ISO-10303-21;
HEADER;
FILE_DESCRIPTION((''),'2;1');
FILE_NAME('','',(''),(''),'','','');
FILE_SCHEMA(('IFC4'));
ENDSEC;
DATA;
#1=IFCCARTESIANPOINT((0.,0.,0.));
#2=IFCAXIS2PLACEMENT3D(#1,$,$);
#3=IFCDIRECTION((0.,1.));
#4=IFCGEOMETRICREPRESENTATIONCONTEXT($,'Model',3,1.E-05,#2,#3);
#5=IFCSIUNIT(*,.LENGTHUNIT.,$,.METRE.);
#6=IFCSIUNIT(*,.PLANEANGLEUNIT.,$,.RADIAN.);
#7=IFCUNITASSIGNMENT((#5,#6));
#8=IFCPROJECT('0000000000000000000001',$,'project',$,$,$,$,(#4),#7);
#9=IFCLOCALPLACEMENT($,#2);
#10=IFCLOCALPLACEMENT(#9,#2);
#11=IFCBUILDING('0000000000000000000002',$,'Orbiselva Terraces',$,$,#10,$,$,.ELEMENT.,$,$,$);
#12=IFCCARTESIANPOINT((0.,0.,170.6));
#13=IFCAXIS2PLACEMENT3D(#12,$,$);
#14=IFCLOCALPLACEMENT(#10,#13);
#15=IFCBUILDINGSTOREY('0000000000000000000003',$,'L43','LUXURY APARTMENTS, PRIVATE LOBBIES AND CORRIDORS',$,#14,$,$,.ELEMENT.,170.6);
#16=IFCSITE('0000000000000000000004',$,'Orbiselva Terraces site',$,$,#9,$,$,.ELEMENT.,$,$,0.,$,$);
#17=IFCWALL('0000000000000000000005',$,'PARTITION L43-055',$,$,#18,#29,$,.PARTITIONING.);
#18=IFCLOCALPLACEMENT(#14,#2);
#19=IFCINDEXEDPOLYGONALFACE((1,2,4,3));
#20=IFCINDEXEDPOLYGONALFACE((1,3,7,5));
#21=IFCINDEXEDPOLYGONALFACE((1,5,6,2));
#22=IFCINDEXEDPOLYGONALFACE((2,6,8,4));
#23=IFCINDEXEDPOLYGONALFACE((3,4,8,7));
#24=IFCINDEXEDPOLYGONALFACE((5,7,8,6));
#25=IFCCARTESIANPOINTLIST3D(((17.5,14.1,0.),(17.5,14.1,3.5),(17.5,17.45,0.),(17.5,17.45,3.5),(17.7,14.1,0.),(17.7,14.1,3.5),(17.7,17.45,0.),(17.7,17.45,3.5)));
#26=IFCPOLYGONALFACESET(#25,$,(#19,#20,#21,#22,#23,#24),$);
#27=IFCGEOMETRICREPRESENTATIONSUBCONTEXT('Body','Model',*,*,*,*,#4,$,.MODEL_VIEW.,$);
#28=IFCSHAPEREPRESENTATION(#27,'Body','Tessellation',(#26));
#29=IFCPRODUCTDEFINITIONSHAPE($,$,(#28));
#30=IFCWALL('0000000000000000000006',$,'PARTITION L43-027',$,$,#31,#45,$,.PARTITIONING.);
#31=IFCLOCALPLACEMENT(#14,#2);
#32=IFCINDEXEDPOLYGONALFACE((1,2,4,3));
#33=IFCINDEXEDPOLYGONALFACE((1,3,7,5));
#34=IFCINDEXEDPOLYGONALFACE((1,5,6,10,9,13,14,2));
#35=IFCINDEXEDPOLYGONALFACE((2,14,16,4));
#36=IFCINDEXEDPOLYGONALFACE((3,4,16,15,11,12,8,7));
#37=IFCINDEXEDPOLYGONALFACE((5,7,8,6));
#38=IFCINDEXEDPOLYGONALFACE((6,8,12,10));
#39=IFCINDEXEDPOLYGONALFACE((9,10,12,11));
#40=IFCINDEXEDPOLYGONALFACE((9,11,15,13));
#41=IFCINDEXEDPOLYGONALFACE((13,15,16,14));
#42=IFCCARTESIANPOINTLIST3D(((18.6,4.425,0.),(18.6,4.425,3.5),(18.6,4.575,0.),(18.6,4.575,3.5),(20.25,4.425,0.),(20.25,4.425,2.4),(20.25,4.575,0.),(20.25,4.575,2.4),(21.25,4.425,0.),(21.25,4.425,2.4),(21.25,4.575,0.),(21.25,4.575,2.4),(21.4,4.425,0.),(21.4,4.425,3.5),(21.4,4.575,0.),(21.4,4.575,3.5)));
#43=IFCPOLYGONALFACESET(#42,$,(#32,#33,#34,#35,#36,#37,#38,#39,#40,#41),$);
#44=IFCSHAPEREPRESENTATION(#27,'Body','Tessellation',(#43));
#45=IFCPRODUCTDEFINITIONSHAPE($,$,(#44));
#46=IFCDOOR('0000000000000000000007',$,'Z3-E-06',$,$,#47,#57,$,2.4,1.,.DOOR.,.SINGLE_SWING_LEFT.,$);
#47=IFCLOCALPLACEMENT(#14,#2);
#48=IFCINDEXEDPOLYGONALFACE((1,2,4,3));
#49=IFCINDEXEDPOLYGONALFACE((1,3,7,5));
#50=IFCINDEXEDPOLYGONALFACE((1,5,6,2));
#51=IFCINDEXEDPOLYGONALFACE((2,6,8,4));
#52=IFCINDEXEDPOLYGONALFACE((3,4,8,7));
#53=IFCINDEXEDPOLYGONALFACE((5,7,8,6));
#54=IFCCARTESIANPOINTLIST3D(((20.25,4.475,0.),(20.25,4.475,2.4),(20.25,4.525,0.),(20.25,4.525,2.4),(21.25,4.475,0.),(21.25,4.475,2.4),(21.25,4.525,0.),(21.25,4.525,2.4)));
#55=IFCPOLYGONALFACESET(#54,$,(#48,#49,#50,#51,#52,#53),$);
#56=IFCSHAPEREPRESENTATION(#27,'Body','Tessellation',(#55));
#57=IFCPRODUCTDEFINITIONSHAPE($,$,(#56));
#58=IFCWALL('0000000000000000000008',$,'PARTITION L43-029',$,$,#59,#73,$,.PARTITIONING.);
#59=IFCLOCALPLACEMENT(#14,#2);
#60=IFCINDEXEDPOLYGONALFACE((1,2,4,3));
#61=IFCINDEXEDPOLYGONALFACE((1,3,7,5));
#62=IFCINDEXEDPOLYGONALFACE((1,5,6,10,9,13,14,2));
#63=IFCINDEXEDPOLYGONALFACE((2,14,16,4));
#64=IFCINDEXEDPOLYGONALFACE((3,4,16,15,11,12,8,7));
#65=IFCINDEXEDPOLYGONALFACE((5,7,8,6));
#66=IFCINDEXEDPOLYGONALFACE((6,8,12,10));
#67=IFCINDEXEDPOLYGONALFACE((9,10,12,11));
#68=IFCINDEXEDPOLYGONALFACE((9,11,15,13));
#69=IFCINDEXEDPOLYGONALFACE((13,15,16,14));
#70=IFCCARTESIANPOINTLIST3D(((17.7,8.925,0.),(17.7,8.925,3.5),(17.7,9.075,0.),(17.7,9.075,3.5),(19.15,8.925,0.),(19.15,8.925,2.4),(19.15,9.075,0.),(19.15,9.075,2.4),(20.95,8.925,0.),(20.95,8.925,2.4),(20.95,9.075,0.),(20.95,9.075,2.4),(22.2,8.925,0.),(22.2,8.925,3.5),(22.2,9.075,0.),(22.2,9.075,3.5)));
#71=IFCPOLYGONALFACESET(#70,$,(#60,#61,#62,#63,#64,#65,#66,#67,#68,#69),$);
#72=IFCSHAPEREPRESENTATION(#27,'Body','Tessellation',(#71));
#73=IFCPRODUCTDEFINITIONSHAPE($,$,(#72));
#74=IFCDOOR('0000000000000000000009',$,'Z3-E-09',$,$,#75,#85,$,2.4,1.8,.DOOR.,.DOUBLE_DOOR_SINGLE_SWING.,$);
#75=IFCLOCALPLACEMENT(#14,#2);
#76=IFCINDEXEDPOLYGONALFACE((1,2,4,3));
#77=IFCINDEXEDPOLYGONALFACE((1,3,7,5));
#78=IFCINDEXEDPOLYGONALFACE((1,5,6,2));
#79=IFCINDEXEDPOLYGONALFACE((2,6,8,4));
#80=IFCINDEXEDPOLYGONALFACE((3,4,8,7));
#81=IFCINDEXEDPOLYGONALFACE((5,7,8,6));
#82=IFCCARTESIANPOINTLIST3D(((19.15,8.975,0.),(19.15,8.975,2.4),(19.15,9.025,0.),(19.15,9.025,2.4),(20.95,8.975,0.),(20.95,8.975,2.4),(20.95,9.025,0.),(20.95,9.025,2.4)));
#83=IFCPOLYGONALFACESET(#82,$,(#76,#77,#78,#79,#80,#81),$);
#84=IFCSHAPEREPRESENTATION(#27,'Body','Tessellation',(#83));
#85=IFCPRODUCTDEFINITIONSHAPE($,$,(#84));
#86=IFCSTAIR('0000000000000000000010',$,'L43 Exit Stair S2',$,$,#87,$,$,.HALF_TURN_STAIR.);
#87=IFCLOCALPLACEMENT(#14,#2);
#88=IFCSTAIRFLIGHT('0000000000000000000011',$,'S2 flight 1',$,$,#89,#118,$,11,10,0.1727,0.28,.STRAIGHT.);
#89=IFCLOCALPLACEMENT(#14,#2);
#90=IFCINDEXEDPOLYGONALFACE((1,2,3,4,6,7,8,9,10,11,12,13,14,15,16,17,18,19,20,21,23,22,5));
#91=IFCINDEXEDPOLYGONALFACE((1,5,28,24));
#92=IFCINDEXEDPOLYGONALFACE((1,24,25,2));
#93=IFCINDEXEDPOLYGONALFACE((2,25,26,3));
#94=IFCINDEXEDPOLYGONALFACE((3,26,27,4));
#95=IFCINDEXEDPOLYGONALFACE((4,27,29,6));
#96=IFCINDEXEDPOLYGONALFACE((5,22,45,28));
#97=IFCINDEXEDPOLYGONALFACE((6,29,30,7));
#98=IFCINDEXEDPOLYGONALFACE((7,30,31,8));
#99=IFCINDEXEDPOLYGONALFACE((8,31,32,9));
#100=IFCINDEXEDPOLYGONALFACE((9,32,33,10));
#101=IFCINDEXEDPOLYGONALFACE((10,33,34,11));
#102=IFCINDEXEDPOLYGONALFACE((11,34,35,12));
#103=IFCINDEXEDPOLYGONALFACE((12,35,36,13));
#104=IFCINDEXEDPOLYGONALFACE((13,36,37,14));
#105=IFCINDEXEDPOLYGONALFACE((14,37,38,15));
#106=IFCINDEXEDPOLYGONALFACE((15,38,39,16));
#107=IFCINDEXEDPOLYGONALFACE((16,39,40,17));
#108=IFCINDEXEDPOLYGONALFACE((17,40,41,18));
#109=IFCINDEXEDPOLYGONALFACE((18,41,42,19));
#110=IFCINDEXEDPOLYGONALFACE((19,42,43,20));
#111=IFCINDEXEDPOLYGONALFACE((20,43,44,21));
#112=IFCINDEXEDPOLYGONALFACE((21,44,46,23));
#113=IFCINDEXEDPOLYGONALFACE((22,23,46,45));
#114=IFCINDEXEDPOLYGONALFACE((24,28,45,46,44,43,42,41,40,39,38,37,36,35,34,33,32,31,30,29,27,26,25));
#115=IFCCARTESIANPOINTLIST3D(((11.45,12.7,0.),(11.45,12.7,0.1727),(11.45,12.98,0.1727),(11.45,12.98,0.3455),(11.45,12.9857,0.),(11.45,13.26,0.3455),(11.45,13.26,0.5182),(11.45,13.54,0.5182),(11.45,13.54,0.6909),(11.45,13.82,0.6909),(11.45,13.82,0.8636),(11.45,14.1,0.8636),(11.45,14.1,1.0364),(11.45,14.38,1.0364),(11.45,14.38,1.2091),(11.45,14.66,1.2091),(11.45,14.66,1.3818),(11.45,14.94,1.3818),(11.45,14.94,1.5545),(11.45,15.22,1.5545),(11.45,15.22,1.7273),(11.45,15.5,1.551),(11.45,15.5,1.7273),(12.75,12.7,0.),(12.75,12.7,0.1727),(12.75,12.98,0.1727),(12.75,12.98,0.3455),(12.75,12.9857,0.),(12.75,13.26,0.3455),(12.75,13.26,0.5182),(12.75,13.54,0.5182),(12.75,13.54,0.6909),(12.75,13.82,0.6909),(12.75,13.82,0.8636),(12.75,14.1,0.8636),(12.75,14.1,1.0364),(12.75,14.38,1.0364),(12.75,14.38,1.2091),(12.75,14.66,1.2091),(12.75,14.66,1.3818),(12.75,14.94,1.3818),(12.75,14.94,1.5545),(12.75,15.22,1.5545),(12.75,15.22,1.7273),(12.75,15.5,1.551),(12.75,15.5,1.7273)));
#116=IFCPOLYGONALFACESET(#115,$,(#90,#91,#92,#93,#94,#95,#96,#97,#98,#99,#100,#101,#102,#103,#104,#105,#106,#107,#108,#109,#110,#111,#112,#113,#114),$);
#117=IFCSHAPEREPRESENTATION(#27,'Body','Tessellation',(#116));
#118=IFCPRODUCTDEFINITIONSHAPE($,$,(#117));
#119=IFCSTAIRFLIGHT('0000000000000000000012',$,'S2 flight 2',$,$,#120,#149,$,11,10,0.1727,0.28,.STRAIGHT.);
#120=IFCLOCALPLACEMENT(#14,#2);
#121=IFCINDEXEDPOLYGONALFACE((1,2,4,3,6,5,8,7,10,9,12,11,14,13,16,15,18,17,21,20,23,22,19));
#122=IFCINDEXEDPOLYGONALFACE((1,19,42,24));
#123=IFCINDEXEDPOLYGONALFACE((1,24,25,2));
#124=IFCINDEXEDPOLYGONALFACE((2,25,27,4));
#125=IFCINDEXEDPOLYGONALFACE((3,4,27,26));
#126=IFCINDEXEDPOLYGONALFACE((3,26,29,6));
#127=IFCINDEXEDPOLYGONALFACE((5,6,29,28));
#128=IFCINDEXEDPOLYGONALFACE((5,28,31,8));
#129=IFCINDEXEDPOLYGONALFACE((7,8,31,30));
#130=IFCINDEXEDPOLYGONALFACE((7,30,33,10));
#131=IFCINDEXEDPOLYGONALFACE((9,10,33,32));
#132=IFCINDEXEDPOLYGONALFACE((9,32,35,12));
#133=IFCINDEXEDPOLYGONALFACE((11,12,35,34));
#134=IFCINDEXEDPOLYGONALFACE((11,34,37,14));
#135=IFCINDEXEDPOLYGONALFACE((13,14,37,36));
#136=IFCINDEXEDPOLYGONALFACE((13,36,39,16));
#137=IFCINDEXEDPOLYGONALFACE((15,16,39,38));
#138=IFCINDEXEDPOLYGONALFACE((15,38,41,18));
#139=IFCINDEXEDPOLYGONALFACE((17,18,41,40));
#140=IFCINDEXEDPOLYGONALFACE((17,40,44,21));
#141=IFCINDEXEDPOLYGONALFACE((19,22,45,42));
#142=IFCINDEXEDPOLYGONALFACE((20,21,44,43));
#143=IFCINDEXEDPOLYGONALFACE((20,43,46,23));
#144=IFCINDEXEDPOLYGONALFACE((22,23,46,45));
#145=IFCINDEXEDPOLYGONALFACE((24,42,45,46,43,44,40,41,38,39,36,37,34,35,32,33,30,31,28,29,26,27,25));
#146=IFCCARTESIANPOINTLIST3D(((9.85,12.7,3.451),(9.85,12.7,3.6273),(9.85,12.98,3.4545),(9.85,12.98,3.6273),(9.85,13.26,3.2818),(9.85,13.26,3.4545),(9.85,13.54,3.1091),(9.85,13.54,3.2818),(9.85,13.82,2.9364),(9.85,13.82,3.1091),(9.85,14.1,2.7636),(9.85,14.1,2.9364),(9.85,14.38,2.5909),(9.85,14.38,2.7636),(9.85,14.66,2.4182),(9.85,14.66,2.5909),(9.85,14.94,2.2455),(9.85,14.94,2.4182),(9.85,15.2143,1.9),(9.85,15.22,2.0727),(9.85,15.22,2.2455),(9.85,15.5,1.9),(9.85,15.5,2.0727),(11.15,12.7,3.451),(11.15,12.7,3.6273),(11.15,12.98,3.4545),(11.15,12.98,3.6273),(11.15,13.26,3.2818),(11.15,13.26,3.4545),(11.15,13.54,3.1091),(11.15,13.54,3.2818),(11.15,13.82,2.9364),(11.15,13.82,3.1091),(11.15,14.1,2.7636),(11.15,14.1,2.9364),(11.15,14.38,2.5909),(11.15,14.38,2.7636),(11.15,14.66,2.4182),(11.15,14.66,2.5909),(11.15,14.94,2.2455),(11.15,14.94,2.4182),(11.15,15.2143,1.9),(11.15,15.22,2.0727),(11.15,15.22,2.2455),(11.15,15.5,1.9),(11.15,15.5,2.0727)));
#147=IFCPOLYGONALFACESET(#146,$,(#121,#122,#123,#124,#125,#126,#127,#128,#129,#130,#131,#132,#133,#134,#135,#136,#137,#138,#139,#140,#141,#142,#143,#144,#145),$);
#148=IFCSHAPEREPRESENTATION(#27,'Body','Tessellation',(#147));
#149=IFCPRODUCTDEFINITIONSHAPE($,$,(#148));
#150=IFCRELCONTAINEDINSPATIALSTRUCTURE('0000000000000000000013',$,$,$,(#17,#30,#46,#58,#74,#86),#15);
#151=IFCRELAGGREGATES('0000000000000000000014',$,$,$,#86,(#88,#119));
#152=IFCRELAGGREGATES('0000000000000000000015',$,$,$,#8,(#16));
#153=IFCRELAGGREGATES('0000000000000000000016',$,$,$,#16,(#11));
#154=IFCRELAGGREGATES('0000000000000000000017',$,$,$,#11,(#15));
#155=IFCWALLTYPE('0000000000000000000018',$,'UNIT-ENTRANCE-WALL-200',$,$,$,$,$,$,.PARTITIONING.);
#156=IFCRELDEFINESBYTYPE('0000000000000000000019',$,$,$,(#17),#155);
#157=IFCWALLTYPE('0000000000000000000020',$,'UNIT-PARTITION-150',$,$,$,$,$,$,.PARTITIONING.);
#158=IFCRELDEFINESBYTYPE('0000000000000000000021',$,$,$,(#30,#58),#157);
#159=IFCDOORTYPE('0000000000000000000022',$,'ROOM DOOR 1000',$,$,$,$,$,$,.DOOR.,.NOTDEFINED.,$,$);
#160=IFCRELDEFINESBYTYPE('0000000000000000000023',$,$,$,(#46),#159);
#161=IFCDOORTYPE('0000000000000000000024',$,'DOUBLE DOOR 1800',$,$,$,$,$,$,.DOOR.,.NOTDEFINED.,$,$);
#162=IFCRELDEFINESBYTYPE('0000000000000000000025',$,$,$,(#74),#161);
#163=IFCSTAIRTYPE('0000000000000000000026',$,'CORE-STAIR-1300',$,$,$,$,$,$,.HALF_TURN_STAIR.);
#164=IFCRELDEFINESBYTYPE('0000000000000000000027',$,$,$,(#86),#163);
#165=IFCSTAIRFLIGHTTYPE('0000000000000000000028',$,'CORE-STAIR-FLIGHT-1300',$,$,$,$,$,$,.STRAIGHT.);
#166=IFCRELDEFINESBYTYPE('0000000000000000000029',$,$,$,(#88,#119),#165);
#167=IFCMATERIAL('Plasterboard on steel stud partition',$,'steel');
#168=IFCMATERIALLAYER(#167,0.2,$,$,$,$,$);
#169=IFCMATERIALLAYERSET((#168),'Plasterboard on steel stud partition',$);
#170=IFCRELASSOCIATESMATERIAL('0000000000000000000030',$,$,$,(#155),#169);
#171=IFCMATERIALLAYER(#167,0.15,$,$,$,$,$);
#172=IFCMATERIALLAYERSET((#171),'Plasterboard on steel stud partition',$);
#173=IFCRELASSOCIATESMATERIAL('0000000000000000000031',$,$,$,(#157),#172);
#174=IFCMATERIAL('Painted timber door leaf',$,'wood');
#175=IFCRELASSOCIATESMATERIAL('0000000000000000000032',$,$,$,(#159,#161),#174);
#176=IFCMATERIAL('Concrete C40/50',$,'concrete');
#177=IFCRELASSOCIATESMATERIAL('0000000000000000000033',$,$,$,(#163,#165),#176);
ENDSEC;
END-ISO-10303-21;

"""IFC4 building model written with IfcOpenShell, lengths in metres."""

from ifc_helpers import new_model, si_unit, direction, frame, frame_2d, origin, place, context, subcontext, project, spatial, polyline, rectangle, outline, extrude, material, layer, layer_set, type_object, element, fill, aggregate, save


model = new_model("IFC4")

# Units and contexts
model_context = context("Model", 3, precision=1e-05, world=origin(), true_north=direction((0.0, 1.0)))
body_context = subcontext(model_context, "Body", "Model", "MODEL_VIEW")
ifc_project = project(units=[si_unit("LENGTHUNIT", "METRE"), si_unit("PLANEANGLEUNIT", "RADIAN")], contexts=[model_context])

# Site, building, storey
site_placement = place(None, origin())
site = spatial("IfcSite", under=ifc_project, at=site_placement, Name="Orbiselva Terraces site", CompositionType="ELEMENT", RefElevation=0.0)
building_placement = place(site_placement, origin())
building = spatial("IfcBuilding", under=site, at=building_placement, Name="Orbiselva Terraces", CompositionType="ELEMENT")
storey_placement = place(building_placement, frame((0.0, 0.0, 170.6)))
storey = spatial("IfcBuildingStorey", under=building, at=storey_placement, Name="L43", Description="LUXURY APARTMENTS, PRIVATE LOBBIES AND CORRIDORS", CompositionType="ELEMENT", Elevation=170.6)

# Shared definitions
ifc_material_1 = material(Name="Plasterboard on steel stud partition", Category="steel")
ifc_layer_1 = layer(ifc_material_1, 0.2)
ifc_layer_set_1 = layer_set([ifc_layer_1], Name="Plasterboard on steel stud partition")
wall_type_1 = type_object("IfcWallType", Name="UNIT-ENTRANCE-WALL-200", PredefinedType="PARTITIONING", material=ifc_layer_set_1)
ifc_material_2 = material(Name="Painted timber door leaf", Category="wood")

# Wall
wall_1_placement = place(storey_placement, frame((17.6, 14.1, 0.0), z_axis=(0.0, 0.0, 1.0), x_axis=(0.0, 1.0, 0.0)))
element("IfcWall", 1, at=wall_1_placement, inside=storey, type_object=wall_type_1, Name="PARTITION L43-055", PredefinedType="PARTITIONING", context=body_context, shape_type="SweptSolid", body=[
    extrude(rectangle(XDim=3.35, YDim=0.2, at=frame_2d((1.675, 0.0))), origin(), (0.0, 0.0, 1.0), 3.5),
])

# Walls, openings, doors
ifc_layer_2 = layer(ifc_material_1, 0.15)
ifc_layer_set_2 = layer_set([ifc_layer_2], Name="Plasterboard on steel stud partition")
wall_type_2 = type_object("IfcWallType", Name="UNIT-PARTITION-150", PredefinedType="PARTITIONING", material=ifc_layer_set_2)
wall_2_placement = place(storey_placement, frame((21.4, 4.5, 0.0), z_axis=(0.0, 0.0, 1.0), x_axis=(-1.0, 0.0, 0.0)))
wall_2 = element("IfcWall", 2, at=wall_2_placement, inside=storey, type_object=wall_type_2, Name="PARTITION L43-027", PredefinedType="PARTITIONING", context=body_context, shape_type="SweptSolid", body=[
    extrude(rectangle(XDim=2.8, YDim=0.15, at=frame_2d((1.4, 0.0))), origin(), (0.0, 0.0, 1.0), 3.5),
])
opening_1_placement = place(wall_2_placement, frame((0.15, 0.0, 0.0)))
opening_1 = element("IfcOpeningElement", 3, at=opening_1_placement, cuts=wall_2, PredefinedType="OPENING", context=body_context, shape_type="SweptSolid", body=[
    extrude(rectangle(XDim=1.0, YDim=2.4, at=frame_2d((0.5, 1.2))), frame((0.0, 0.085, 0.0), z_axis=(0.0, -1.0, 0.0), x_axis=(1.0, 0.0, 0.0)), (0.0, 0.0, 1.0), 0.17),
])
door_type_1 = type_object("IfcDoorType", Name="ROOM DOOR 1000", OperationType="NOTDEFINED", PredefinedType="DOOR", material=ifc_material_2)
door_1_placement = place(opening_1_placement, origin())
door_1 = element("IfcDoor", 4, at=door_1_placement, inside=storey, type_object=door_type_1, Name="Z3-E-06", OperationType="SINGLE_SWING_LEFT", OverallHeight=2.4, OverallWidth=1.0, PredefinedType="DOOR", context=body_context, shape_type="SweptSolid", body=[
    extrude(rectangle(XDim=1.0, YDim=2.4, at=frame_2d((0.5, 1.2))), frame((0.0, 0.025, 0.0), z_axis=(0.0, -1.0, 0.0), x_axis=(1.0, 0.0, 0.0)), (0.0, 0.0, 1.0), 0.05),
])
fill(opening_1, door_1)
wall_3_placement = place(storey_placement, frame((17.7, 9.0, 0.0), z_axis=(0.0, 0.0, 1.0), x_axis=(1.0, 0.0, 0.0)))
wall_3 = element("IfcWall", 5, at=wall_3_placement, inside=storey, type_object=wall_type_2, Name="PARTITION L43-029", PredefinedType="PARTITIONING", context=body_context, shape_type="SweptSolid", body=[
    extrude(rectangle(XDim=4.5, YDim=0.15, at=frame_2d((2.25, 0.0))), origin(), (0.0, 0.0, 1.0), 3.5),
])
opening_2_placement = place(wall_3_placement, frame((1.45, 0.0, 0.0)))
opening_2 = element("IfcOpeningElement", 6, at=opening_2_placement, cuts=wall_3, PredefinedType="OPENING", context=body_context, shape_type="SweptSolid", body=[
    extrude(rectangle(XDim=1.8, YDim=2.4, at=frame_2d((0.9, 1.2))), frame((0.0, 0.085, 0.0), z_axis=(0.0, -1.0, 0.0), x_axis=(1.0, 0.0, 0.0)), (0.0, 0.0, 1.0), 0.17),
])
door_type_2 = type_object("IfcDoorType", Name="DOUBLE DOOR 1800", OperationType="NOTDEFINED", PredefinedType="DOOR", material=ifc_material_2)
door_2_placement = place(opening_2_placement, origin())
door_2 = element("IfcDoor", 7, at=door_2_placement, inside=storey, type_object=door_type_2, Name="Z3-E-09", OperationType="DOUBLE_DOOR_SINGLE_SWING", OverallHeight=2.4, OverallWidth=1.8, PredefinedType="DOOR", context=body_context, shape_type="SweptSolid", body=[
    extrude(rectangle(XDim=1.8, YDim=2.4, at=frame_2d((0.9, 1.2))), frame((0.0, 0.025, 0.0), z_axis=(0.0, -1.0, 0.0), x_axis=(1.0, 0.0, 0.0)), (0.0, 0.0, 1.0), 0.05),
])
fill(opening_2, door_2)

# Stair, stair flights
ifc_material_3 = material(Name="Concrete C40/50", Category="concrete")
stair_type = type_object("IfcStairType", Name="CORE-STAIR-1300", PredefinedType="HALF_TURN_STAIR", material=ifc_material_3)
stair_placement = place(storey_placement, origin())
stair = element("IfcStair", 8, at=stair_placement, inside=storey, type_object=stair_type, Name="L43 Exit Stair S2", PredefinedType="HALF_TURN_STAIR")
stair_flight_type = type_object("IfcStairFlightType", Name="CORE-STAIR-FLIGHT-1300", PredefinedType="STRAIGHT", material=ifc_material_3)
stair_flight_1_placement = place(storey_placement, frame((12.1, 12.7, 0.0), z_axis=(0.0, 0.0, 1.0), x_axis=(0.0, 1.0, 0.0)))
stair_flight_1 = element("IfcStairFlight", 9, at=stair_flight_1_placement, type_object=stair_flight_type, Name="S2 flight 1", NumberOfRisers=11, NumberOfTreads=10, PredefinedType="STRAIGHT", RiserHeight=0.1727, TreadLength=0.28, context=body_context, shape_type="SweptSolid", body=[
    extrude(outline(polyline([(0.0, 0.0), (0.0, 0.1727), (0.28, 0.1727), (0.28, 0.3455), (0.56, 0.3455), (0.56, 0.5182), (0.84, 0.5182), (0.84, 0.6909), (1.12, 0.6909), (1.12, 0.8636), (1.4, 0.8636), (1.4, 1.0364), (1.68, 1.0364), (1.68, 1.2091), (1.96, 1.2091), (1.96, 1.3818), (2.24, 1.3818), (2.24, 1.5545), (2.52, 1.5545), (2.52, 1.7273), (2.8, 1.7273), (2.8, 1.9), (2.8, 1.551), (0.2857, 0.0), (0.0, 0.0)])), frame((0.0, 0.65, 0.0), z_axis=(0.0, -1.0, 0.0), x_axis=(1.0, 0.0, 0.0)), (0.0, 0.0, 1.0), 1.3),
])
stair_flight_2_placement = place(storey_placement, frame((10.5, 15.5, 1.9), z_axis=(0.0, 0.0, 1.0), x_axis=(0.0, -1.0, 0.0)))
stair_flight_2 = element("IfcStairFlight", 10, at=stair_flight_2_placement, type_object=stair_flight_type, Name="S2 flight 2", NumberOfRisers=11, NumberOfTreads=10, PredefinedType="STRAIGHT", RiserHeight=0.1727, TreadLength=0.28, context=body_context, shape_type="SweptSolid", body=[
    extrude(outline(polyline([(0.0, 0.0), (0.0, 0.1727), (0.28, 0.1727), (0.28, 0.3455), (0.56, 0.3455), (0.56, 0.5182), (0.84, 0.5182), (0.84, 0.6909), (1.12, 0.6909), (1.12, 0.8636), (1.4, 0.8636), (1.4, 1.0364), (1.68, 1.0364), (1.68, 1.2091), (1.96, 1.2091), (1.96, 1.3818), (2.24, 1.3818), (2.24, 1.5545), (2.52, 1.5545), (2.52, 1.7273), (2.8, 1.7273), (2.8, 1.9), (2.8, 1.551), (0.2857, 0.0), (0.0, 0.0)])), frame((0.0, 0.65, 0.0), z_axis=(0.0, -1.0, 0.0), x_axis=(1.0, 0.0, 0.0)), (0.0, 0.0, 1.0), 1.3),
])
aggregate(stair, [stair_flight_1, stair_flight_2])

save(model, "model.ifc")
